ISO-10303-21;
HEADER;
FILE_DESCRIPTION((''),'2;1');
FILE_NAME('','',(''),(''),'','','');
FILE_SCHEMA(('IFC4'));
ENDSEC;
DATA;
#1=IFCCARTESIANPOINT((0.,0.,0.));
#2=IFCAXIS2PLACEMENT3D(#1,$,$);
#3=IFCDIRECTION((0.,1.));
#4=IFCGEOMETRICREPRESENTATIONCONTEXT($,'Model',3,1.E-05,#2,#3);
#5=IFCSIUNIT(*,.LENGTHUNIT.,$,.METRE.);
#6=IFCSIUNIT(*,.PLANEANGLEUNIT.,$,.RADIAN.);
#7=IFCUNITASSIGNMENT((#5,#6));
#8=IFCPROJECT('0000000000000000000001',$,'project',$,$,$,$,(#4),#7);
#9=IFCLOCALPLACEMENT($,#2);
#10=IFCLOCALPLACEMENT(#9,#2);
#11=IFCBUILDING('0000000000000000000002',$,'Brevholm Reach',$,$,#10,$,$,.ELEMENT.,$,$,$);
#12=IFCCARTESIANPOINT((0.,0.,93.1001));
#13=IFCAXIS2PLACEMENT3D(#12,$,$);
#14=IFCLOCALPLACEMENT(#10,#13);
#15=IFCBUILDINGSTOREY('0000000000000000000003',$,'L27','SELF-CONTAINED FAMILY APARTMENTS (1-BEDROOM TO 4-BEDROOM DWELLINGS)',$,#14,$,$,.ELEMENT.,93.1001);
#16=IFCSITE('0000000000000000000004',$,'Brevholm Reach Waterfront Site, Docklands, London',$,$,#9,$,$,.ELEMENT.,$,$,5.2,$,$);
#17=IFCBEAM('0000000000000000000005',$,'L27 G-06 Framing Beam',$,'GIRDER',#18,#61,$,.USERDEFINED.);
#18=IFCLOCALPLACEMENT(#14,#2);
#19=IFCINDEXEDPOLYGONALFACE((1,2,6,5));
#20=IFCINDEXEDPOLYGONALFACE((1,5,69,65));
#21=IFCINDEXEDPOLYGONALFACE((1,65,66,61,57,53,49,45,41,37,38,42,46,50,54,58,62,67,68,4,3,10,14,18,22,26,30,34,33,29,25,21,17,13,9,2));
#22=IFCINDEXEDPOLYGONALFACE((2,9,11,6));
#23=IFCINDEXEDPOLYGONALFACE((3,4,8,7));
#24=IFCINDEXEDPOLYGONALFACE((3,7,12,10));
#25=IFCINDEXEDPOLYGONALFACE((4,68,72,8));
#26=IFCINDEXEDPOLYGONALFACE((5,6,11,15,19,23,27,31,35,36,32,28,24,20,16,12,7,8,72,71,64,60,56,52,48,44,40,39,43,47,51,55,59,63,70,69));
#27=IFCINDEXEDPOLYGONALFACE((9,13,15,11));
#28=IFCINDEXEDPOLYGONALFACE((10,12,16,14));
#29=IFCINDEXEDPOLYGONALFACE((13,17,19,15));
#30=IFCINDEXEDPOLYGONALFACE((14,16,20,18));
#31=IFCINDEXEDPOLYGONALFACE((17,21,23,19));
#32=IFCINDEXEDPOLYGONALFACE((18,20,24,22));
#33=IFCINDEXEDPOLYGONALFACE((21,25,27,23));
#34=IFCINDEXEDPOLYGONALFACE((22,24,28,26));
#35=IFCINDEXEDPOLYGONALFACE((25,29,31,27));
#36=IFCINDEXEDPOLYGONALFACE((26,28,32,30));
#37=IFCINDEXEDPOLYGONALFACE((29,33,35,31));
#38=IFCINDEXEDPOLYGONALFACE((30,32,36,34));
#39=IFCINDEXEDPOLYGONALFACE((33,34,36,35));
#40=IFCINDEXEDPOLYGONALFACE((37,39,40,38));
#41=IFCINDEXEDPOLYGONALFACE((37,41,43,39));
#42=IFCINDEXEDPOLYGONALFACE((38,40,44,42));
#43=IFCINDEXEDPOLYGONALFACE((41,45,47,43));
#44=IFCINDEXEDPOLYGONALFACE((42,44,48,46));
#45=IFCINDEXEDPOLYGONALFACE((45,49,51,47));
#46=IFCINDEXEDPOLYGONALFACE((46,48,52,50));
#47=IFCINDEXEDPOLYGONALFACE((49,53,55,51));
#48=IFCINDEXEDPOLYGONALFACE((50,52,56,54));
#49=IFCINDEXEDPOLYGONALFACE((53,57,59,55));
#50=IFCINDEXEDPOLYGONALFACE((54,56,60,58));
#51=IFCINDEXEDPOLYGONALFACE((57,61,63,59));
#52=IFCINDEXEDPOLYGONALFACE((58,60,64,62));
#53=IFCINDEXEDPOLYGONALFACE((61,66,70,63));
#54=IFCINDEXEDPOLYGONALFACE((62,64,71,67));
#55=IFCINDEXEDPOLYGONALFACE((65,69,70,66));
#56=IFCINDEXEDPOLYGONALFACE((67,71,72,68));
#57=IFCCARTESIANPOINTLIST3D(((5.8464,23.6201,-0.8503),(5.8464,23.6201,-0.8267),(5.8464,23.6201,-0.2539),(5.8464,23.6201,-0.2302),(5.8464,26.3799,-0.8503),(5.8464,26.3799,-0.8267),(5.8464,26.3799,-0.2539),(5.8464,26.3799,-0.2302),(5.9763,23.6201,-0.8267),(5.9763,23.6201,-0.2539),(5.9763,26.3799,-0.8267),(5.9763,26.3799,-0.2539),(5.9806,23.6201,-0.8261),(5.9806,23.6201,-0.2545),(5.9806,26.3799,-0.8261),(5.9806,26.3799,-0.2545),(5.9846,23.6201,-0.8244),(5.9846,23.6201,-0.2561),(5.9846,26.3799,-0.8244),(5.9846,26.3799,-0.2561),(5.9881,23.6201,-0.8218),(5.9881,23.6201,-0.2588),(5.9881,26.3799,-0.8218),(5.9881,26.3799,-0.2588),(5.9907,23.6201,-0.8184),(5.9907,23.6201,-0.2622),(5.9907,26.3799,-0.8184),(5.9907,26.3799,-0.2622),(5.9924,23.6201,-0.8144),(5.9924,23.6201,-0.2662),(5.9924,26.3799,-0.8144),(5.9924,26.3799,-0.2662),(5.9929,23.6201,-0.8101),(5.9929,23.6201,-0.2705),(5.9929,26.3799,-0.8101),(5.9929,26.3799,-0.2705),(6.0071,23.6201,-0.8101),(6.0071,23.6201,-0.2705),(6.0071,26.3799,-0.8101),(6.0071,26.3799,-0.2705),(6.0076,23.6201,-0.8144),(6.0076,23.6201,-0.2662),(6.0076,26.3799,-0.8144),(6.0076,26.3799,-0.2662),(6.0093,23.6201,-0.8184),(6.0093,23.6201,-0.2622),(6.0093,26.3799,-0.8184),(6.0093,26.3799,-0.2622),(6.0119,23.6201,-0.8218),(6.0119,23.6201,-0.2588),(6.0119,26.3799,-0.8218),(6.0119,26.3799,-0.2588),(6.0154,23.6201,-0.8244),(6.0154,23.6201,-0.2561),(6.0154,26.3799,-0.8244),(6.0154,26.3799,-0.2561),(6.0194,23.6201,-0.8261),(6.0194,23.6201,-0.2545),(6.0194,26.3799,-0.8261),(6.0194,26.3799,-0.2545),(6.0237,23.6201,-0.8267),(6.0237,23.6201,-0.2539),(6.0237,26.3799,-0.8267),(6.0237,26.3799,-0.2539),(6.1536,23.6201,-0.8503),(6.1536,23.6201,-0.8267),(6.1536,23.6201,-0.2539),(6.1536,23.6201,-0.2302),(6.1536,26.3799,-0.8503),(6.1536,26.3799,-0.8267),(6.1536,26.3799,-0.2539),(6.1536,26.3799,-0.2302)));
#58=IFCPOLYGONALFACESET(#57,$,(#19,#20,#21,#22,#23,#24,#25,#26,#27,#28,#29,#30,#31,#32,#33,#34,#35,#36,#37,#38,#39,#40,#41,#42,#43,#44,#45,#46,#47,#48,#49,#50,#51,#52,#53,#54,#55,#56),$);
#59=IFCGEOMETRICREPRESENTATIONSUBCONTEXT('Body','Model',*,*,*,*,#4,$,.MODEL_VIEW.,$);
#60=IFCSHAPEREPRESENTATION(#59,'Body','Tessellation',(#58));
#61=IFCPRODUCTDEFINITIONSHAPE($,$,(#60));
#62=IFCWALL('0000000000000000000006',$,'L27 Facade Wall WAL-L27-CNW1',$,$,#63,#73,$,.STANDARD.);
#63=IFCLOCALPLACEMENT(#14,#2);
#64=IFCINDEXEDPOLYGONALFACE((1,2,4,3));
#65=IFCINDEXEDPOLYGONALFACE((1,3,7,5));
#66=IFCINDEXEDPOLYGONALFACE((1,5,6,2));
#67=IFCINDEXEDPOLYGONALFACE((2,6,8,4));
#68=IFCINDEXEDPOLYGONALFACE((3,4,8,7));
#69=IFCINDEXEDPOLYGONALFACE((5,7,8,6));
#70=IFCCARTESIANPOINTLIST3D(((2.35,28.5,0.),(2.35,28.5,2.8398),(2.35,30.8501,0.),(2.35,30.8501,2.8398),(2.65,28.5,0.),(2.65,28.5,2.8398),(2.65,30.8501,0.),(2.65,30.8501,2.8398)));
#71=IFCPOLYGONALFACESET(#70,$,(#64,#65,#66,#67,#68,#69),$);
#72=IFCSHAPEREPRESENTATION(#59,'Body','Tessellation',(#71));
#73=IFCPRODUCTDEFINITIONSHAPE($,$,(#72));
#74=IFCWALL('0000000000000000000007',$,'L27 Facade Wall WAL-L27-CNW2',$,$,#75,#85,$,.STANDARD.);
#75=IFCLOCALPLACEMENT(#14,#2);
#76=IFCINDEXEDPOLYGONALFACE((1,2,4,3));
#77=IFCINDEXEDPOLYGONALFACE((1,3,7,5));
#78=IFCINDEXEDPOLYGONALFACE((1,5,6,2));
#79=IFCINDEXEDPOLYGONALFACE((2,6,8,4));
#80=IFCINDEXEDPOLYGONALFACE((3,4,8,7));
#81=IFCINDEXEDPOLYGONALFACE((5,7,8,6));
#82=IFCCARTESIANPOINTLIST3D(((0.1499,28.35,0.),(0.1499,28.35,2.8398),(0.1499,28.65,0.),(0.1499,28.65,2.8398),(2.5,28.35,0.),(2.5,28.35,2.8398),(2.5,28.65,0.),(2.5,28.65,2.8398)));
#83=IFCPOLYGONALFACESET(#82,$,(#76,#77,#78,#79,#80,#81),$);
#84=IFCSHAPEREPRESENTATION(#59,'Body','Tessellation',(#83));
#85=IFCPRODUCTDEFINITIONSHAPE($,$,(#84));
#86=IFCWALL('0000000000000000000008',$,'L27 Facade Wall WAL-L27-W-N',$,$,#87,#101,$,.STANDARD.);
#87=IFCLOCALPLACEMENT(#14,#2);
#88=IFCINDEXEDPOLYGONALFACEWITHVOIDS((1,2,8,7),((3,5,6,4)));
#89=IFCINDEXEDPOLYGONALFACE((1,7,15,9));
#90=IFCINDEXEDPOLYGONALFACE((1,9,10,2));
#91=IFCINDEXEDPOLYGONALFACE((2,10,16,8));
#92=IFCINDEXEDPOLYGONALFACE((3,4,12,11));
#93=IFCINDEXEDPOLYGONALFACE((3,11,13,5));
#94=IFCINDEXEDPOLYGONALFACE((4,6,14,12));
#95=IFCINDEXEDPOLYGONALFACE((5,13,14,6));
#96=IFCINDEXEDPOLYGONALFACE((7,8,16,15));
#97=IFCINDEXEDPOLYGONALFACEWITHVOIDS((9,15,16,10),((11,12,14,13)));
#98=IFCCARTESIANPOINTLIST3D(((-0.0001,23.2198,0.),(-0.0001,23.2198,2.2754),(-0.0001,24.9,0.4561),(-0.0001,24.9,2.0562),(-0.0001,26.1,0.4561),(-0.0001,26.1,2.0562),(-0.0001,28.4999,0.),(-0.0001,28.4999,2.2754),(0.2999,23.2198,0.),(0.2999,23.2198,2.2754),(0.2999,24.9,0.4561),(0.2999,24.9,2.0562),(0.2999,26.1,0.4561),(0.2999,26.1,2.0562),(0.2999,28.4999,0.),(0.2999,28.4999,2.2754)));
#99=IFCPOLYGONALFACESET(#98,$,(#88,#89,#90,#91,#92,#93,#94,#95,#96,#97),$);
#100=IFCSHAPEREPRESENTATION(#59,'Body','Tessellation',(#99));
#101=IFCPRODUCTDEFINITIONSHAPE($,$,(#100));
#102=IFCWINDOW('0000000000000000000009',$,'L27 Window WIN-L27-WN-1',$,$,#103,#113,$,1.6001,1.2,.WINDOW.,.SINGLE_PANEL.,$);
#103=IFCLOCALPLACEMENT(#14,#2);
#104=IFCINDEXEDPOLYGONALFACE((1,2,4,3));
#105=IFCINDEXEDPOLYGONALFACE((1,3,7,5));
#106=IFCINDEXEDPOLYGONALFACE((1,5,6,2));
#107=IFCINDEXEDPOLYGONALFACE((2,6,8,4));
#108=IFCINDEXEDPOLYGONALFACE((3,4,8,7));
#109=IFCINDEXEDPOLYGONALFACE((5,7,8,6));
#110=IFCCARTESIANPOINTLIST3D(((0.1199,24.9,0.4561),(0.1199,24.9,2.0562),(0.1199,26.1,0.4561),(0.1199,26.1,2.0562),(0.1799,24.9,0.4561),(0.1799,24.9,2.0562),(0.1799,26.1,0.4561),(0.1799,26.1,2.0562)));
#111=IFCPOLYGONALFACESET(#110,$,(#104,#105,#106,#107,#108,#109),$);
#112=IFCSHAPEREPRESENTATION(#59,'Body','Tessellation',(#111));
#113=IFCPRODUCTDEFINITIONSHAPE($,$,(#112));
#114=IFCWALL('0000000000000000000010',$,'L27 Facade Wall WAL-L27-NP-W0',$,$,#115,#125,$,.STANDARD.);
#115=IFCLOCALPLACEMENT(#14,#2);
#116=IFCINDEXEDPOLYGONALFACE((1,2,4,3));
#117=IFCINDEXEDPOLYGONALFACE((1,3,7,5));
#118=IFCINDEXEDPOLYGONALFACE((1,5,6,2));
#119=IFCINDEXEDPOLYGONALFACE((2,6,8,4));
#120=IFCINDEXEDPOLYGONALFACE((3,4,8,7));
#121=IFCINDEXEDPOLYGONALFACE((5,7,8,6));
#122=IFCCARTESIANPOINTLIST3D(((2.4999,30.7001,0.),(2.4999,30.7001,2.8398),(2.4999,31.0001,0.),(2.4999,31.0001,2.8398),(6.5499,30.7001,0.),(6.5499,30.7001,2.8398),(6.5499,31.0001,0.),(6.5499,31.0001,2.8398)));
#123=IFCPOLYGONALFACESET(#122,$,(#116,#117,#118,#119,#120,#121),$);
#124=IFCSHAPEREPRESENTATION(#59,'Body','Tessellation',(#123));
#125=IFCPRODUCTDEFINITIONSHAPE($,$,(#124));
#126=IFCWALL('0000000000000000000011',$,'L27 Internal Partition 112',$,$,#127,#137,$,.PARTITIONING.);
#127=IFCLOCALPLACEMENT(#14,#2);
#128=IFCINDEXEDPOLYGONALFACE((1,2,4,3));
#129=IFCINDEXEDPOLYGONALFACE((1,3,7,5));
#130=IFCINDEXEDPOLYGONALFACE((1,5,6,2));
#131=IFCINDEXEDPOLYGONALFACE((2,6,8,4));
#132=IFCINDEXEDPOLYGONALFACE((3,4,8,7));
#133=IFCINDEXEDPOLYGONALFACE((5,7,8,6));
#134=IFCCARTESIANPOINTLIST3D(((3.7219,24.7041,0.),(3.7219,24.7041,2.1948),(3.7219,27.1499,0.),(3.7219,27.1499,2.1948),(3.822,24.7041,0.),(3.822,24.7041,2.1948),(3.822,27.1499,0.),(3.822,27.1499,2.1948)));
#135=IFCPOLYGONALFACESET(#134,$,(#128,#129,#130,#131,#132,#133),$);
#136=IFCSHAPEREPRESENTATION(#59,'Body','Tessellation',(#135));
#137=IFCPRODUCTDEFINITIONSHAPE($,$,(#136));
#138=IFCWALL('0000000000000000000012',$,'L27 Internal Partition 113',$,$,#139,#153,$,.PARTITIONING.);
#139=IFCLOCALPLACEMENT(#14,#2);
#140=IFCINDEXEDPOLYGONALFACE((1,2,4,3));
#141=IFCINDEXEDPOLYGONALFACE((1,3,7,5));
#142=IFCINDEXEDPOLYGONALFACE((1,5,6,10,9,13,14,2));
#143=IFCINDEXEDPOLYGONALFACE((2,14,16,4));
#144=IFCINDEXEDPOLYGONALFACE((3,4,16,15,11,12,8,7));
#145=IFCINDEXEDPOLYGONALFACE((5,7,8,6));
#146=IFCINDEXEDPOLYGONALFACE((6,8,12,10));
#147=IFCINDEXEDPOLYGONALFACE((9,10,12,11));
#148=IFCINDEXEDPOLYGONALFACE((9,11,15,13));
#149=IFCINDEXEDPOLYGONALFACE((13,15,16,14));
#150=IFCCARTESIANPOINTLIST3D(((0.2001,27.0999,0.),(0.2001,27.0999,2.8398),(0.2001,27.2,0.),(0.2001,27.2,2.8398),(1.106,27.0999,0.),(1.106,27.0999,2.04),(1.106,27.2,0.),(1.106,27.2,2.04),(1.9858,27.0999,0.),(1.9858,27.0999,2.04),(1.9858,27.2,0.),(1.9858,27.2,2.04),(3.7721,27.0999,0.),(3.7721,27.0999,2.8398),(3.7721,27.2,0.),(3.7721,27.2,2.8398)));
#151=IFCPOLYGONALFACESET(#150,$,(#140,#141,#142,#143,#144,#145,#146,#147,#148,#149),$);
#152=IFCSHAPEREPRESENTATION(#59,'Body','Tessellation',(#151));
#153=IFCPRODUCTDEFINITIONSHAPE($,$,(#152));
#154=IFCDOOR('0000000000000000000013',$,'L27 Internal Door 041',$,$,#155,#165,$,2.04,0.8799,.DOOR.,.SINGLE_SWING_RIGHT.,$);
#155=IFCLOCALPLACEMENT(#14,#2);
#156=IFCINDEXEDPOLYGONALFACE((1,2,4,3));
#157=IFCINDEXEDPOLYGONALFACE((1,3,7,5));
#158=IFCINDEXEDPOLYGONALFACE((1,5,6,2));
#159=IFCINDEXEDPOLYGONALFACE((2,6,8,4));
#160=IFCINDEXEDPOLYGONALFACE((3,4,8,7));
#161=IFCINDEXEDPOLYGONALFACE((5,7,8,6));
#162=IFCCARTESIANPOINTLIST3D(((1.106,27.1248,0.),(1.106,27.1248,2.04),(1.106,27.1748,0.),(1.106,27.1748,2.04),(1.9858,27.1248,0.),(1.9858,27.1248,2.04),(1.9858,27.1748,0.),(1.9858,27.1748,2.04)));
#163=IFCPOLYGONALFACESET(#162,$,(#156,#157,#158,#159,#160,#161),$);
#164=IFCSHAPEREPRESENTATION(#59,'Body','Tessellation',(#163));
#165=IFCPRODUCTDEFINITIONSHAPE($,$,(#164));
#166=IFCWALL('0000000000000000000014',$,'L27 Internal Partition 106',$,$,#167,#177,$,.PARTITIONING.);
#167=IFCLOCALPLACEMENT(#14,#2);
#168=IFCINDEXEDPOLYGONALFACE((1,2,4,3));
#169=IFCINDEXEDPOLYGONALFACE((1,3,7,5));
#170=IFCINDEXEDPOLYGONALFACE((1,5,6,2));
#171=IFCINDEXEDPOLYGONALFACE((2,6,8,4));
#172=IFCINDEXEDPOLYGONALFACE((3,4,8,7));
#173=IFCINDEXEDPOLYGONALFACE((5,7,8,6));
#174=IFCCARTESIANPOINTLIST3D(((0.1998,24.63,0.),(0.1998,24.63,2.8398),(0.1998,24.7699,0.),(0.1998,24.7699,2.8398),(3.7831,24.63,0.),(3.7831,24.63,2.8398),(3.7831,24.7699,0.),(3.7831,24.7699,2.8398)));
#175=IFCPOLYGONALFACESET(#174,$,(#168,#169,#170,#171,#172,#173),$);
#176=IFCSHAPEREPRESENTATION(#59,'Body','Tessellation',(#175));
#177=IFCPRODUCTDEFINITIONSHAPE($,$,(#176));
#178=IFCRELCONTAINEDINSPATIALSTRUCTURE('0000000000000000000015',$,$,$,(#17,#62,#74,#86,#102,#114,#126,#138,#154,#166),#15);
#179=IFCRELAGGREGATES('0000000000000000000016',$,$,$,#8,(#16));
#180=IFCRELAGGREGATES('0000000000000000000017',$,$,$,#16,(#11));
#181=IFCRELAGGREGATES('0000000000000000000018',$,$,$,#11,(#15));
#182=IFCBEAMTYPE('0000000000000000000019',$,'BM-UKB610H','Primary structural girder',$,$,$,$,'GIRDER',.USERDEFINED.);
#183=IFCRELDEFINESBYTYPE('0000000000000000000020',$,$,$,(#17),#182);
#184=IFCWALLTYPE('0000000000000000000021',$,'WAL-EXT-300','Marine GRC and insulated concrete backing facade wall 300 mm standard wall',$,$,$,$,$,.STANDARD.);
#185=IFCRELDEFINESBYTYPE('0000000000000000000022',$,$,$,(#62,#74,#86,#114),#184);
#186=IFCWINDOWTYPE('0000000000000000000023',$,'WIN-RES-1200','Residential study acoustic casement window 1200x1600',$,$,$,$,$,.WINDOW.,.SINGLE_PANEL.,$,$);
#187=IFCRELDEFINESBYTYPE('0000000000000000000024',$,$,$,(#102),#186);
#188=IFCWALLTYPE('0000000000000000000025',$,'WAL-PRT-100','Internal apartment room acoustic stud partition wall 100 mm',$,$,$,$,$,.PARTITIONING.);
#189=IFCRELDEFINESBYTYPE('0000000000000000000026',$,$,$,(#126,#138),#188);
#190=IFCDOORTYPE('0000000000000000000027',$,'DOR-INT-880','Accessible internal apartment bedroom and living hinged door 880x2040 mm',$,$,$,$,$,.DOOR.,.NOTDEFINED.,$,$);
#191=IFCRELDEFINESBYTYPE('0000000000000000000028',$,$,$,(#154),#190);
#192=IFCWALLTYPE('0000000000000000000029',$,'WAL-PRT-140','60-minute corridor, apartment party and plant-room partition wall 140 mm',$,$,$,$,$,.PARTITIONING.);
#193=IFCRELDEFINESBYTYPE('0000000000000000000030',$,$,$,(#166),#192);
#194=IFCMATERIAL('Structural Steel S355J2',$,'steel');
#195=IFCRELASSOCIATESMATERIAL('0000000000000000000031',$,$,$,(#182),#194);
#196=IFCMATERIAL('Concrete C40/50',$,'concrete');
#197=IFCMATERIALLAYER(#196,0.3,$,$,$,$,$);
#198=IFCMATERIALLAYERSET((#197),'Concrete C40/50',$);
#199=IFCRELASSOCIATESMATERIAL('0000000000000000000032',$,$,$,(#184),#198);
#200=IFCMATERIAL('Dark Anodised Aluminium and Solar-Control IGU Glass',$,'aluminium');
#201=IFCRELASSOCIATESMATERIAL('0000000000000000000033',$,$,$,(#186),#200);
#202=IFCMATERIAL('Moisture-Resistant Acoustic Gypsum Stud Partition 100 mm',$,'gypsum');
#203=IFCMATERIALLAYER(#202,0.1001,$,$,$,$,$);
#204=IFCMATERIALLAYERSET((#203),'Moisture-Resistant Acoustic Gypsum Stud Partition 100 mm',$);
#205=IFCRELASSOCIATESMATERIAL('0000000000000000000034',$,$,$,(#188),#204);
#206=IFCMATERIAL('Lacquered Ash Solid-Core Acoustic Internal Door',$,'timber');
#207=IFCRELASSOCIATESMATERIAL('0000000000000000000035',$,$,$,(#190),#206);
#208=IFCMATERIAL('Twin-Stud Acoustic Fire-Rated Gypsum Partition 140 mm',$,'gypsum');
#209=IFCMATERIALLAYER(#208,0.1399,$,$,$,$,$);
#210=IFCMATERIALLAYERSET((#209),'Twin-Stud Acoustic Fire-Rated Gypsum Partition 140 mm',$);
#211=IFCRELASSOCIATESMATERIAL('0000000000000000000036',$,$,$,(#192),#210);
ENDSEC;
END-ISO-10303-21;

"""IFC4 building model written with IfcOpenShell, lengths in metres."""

from ifc_helpers import new_model, si_unit, direction, frame, frame_2d, origin, origin_2d, place, context, subcontext, project, spatial, rectangle, i_section, extrude, material, layer, layer_set, material_profile, profile_set, type_object, element, fill, save


model = new_model("IFC4")

# Units and contexts
model_context = context("Model", 3, precision=1e-05, world=origin(), true_north=direction((0.0, 1.0)))
body_context = subcontext(model_context, "Body", "Model", "MODEL_VIEW")
ifc_project = project(units=[si_unit("LENGTHUNIT", "METRE"), si_unit("PLANEANGLEUNIT", "RADIAN")], contexts=[model_context])

# Site, building, storey
site_placement = place(None, origin())
site = spatial("IfcSite", under=ifc_project, at=site_placement, Name="Brevholm Reach Waterfront Site, Docklands, London", CompositionType="ELEMENT", RefElevation=5.2)
building_placement = place(site_placement, origin())
building = spatial("IfcBuilding", under=site, at=building_placement, Name="Brevholm Reach", CompositionType="ELEMENT")
storey_placement = place(building_placement, frame((0.0, 0.0, 93.1001)))
storey = spatial("IfcBuildingStorey", under=building, at=storey_placement, Name="L27", Description="SELF-CONTAINED FAMILY APARTMENTS (1-BEDROOM TO 4-BEDROOM DWELLINGS)", CompositionType="ELEMENT", Elevation=93.1001)

# Beam
ifc_material_1 = material(Name="Structural Steel S355J2", Category="steel")
ifc_material_profile_1 = material_profile(ifc_material_1, i_section(OverallWidth=0.3071, OverallDepth=0.6201, WebThickness=0.0142, FlangeThickness=0.0237, FilletRadius=0.0166, at=origin_2d()), Name="UKB 610x305x179")
ifc_profile_set_1 = profile_set([ifc_material_profile_1], Name="Structural Steel S355J2")
beam_type_1 = type_object("IfcBeamType", Name="BM-UKB610H", Description="Primary structural girder", ElementType="GIRDER", PredefinedType="USERDEFINED", material=ifc_profile_set_1)
beam_1_placement = place(storey_placement, frame((6.0, 23.6201, -0.5403), z_axis=(0.0, 1.0, 0.0), x_axis=(-1.0, 0.0, 0.0)))
element("IfcBeam", 1, at=beam_1_placement, inside=storey, type_object=beam_type_1, Name="L27 G-06 Framing Beam", ObjectType="GIRDER", PredefinedType="USERDEFINED", context=body_context, shape_type="SweptSolid", body=[
    extrude(i_section(OverallWidth=0.3071, OverallDepth=0.6201, WebThickness=0.0142, FlangeThickness=0.0237, FilletRadius=0.0166, at=origin_2d()), origin(), (0.0, 0.0, 1.0), 2.7598),
])

# Walls
ifc_material_2 = material(Name="Concrete C40/50", Category="concrete")
ifc_layer_1 = layer(ifc_material_2, 0.3)
ifc_layer_set_1 = layer_set([ifc_layer_1], Name="Concrete C40/50")
wall_type_1 = type_object("IfcWallType", Name="WAL-EXT-300", Description="Marine GRC and insulated concrete backing facade wall 300 mm standard wall", PredefinedType="STANDARD", material=ifc_layer_set_1)
for number, where, z_axis, x_axis, name in (
    (2, (2.5, 30.8501, 0.0), (0.0, 0.0, 1.0), (0.0, -1.0, 0.0), "L27 Facade Wall WAL-L27-CNW1"),
    (3, (2.5, 28.5, 0.0), (0.0, 0.0, 1.0), (-1.0, 0.0, 0.0), "L27 Facade Wall WAL-L27-CNW2"),
):
    element("IfcWall", number, at=place(storey_placement, frame(where, z_axis=z_axis, x_axis=x_axis)), inside=storey, type_object=wall_type_1, Name=name, PredefinedType="STANDARD", context=body_context, shape_type="SweptSolid", body=[
        extrude(rectangle(XDim=2.3501, YDim=0.3, at=frame_2d((1.175, 0.0))), origin(), (0.0, 0.0, 1.0), 2.8398),
    ])

# Wall, opening, window
wall_1_placement = place(storey_placement, frame((0.1499, 28.5, 0.0), z_axis=(0.0, 0.0, 1.0), x_axis=(0.0, -1.0, 0.0)))
wall_1 = element("IfcWall", 4, at=wall_1_placement, inside=storey, type_object=wall_type_1, Name="L27 Facade Wall WAL-L27-W-N", PredefinedType="STANDARD", context=body_context, shape_type="SweptSolid", body=[
    extrude(rectangle(XDim=5.28, YDim=0.3, at=frame_2d((2.6401, 0.0))), origin(), (0.0, 0.0, 1.0), 2.2754),
])
opening_1_placement = place(wall_1_placement, frame((2.3999, 0.0, 0.4561)))
opening_1 = element("IfcOpeningElement", 5, at=opening_1_placement, cuts=wall_1, PredefinedType="OPENING", context=body_context, shape_type="SweptSolid", body=[
    extrude(rectangle(XDim=1.2, YDim=1.6001, at=frame_2d((0.6001, 0.8))), frame((0.0, 0.1599, 0.0), z_axis=(0.0, -1.0, 0.0), x_axis=(1.0, 0.0, 0.0)), (0.0, 0.0, 1.0), 0.3201),
])
ifc_material_3 = material(Name="Dark Anodised Aluminium and Solar-Control IGU Glass", Category="aluminium")
window_type = type_object("IfcWindowType", Name="WIN-RES-1200", Description="Residential study acoustic casement window 1200x1600", PartitioningType="SINGLE_PANEL", PredefinedType="WINDOW", material=ifc_material_3)
window_placement = place(opening_1_placement, origin())
window = element("IfcWindow", 6, at=window_placement, inside=storey, type_object=window_type, Name="L27 Window WIN-L27-WN-1", OverallHeight=1.6001, OverallWidth=1.2, PartitioningType="SINGLE_PANEL", PredefinedType="WINDOW", context=body_context, shape_type="SweptSolid", body=[
    extrude(rectangle(XDim=1.2, YDim=1.6001, at=frame_2d((0.6001, 0.8))), frame((0.0, 0.03, 0.0), z_axis=(0.0, -1.0, 0.0), x_axis=(1.0, 0.0, 0.0)), (0.0, 0.0, 1.0), 0.0601),
])
fill(opening_1, window)

# Walls
wall_2_placement = place(storey_placement, frame((2.5, 30.8501, 0.0), z_axis=(0.0, 0.0, 1.0), x_axis=(1.0, 0.0, 0.0)))
element("IfcWall", 7, at=wall_2_placement, inside=storey, type_object=wall_type_1, Name="L27 Facade Wall WAL-L27-NP-W0", PredefinedType="STANDARD", context=body_context, shape_type="SweptSolid", body=[
    extrude(rectangle(XDim=4.05, YDim=0.3, at=frame_2d((2.0249, 0.0))), origin(), (0.0, 0.0, 1.0), 2.8398),
])
ifc_material_4 = material(Name="Moisture-Resistant Acoustic Gypsum Stud Partition 100 mm", Category="gypsum")
ifc_layer_2 = layer(ifc_material_4, 0.1001)
ifc_layer_set_2 = layer_set([ifc_layer_2], Name="Moisture-Resistant Acoustic Gypsum Stud Partition 100 mm")
wall_type_2 = type_object("IfcWallType", Name="WAL-PRT-100", Description="Internal apartment room acoustic stud partition wall 100 mm", PredefinedType="PARTITIONING", material=ifc_layer_set_2)
wall_3_placement = place(storey_placement, frame((3.772, 24.7041, 0.0), z_axis=(0.0, 0.0, 1.0), x_axis=(0.0, 1.0, 0.0)))
element("IfcWall", 8, at=wall_3_placement, inside=storey, type_object=wall_type_2, Name="L27 Internal Partition 112", PredefinedType="PARTITIONING", context=body_context, shape_type="SweptSolid", body=[
    extrude(rectangle(XDim=2.4458, YDim=0.1001, at=frame_2d((1.2229, 0.0))), origin(), (0.0, 0.0, 1.0), 2.1948),
])

# Wall, opening, door
wall_4_placement = place(storey_placement, frame((0.2, 27.1499, 0.0), z_axis=(0.0, 0.0, 1.0), x_axis=(1.0, 0.0, 0.0)))
wall_4 = element("IfcWall", 9, at=wall_4_placement, inside=storey, type_object=wall_type_2, Name="L27 Internal Partition 113", PredefinedType="PARTITIONING", context=body_context, shape_type="SweptSolid", body=[
    extrude(rectangle(XDim=3.572, YDim=0.1001, at=frame_2d((1.7861, 0.0))), origin(), (0.0, 0.0, 1.0), 2.8398),
])
opening_2_placement = place(wall_4_placement, frame((0.906, 0.0, 0.0)))
opening_2 = element("IfcOpeningElement", 10, at=opening_2_placement, cuts=wall_4, PredefinedType="OPENING", context=body_context, shape_type="SweptSolid", body=[
    extrude(rectangle(XDim=0.8799, YDim=2.04, at=frame_2d((0.4399, 1.02))), frame((0.0, 0.0601, 0.0), z_axis=(0.0, -1.0, 0.0), x_axis=(1.0, 0.0, 0.0)), (0.0, 0.0, 1.0), 0.1201),
])
ifc_material_5 = material(Name="Lacquered Ash Solid-Core Acoustic Internal Door", Category="timber")
door_type = type_object("IfcDoorType", Name="DOR-INT-880", Description="Accessible internal apartment bedroom and living hinged door 880x2040 mm", OperationType="NOTDEFINED", PredefinedType="DOOR", material=ifc_material_5)
door_placement = place(opening_2_placement, origin())
door = element("IfcDoor", 11, at=door_placement, inside=storey, type_object=door_type, Name="L27 Internal Door 041", OperationType="SINGLE_SWING_RIGHT", OverallHeight=2.04, OverallWidth=0.8799, PredefinedType="DOOR", context=body_context, shape_type="SweptSolid", body=[
    extrude(rectangle(XDim=0.8799, YDim=2.04, at=frame_2d((0.4399, 1.02))), frame((0.0, 0.0249, 0.0), z_axis=(0.0, -1.0, 0.0), x_axis=(1.0, 0.0, 0.0)), (0.0, 0.0, 1.0), 0.05),
])
fill(opening_2, door)

# Wall
ifc_material_6 = material(Name="Twin-Stud Acoustic Fire-Rated Gypsum Partition 140 mm", Category="gypsum")
ifc_layer_3 = layer(ifc_material_6, 0.1399)
ifc_layer_set_3 = layer_set([ifc_layer_3], Name="Twin-Stud Acoustic Fire-Rated Gypsum Partition 140 mm")
wall_type_3 = type_object("IfcWallType", Name="WAL-PRT-140", Description="60-minute corridor, apartment party and plant-room partition wall 140 mm", PredefinedType="PARTITIONING", material=ifc_layer_set_3)
wall_5_placement = place(storey_placement, frame((0.2, 24.7, 0.0), z_axis=(0.0, 0.0, 1.0), x_axis=(1.0, 0.0, 0.0)))
element("IfcWall", 12, at=wall_5_placement, inside=storey, type_object=wall_type_3, Name="L27 Internal Partition 106", PredefinedType="PARTITIONING", context=body_context, shape_type="SweptSolid", body=[
    extrude(rectangle(XDim=3.5833, YDim=0.1399, at=frame_2d((1.7915, 0.0))), origin(), (0.0, 0.0, 1.0), 2.8398),
])

save(model, "model.ifc")
